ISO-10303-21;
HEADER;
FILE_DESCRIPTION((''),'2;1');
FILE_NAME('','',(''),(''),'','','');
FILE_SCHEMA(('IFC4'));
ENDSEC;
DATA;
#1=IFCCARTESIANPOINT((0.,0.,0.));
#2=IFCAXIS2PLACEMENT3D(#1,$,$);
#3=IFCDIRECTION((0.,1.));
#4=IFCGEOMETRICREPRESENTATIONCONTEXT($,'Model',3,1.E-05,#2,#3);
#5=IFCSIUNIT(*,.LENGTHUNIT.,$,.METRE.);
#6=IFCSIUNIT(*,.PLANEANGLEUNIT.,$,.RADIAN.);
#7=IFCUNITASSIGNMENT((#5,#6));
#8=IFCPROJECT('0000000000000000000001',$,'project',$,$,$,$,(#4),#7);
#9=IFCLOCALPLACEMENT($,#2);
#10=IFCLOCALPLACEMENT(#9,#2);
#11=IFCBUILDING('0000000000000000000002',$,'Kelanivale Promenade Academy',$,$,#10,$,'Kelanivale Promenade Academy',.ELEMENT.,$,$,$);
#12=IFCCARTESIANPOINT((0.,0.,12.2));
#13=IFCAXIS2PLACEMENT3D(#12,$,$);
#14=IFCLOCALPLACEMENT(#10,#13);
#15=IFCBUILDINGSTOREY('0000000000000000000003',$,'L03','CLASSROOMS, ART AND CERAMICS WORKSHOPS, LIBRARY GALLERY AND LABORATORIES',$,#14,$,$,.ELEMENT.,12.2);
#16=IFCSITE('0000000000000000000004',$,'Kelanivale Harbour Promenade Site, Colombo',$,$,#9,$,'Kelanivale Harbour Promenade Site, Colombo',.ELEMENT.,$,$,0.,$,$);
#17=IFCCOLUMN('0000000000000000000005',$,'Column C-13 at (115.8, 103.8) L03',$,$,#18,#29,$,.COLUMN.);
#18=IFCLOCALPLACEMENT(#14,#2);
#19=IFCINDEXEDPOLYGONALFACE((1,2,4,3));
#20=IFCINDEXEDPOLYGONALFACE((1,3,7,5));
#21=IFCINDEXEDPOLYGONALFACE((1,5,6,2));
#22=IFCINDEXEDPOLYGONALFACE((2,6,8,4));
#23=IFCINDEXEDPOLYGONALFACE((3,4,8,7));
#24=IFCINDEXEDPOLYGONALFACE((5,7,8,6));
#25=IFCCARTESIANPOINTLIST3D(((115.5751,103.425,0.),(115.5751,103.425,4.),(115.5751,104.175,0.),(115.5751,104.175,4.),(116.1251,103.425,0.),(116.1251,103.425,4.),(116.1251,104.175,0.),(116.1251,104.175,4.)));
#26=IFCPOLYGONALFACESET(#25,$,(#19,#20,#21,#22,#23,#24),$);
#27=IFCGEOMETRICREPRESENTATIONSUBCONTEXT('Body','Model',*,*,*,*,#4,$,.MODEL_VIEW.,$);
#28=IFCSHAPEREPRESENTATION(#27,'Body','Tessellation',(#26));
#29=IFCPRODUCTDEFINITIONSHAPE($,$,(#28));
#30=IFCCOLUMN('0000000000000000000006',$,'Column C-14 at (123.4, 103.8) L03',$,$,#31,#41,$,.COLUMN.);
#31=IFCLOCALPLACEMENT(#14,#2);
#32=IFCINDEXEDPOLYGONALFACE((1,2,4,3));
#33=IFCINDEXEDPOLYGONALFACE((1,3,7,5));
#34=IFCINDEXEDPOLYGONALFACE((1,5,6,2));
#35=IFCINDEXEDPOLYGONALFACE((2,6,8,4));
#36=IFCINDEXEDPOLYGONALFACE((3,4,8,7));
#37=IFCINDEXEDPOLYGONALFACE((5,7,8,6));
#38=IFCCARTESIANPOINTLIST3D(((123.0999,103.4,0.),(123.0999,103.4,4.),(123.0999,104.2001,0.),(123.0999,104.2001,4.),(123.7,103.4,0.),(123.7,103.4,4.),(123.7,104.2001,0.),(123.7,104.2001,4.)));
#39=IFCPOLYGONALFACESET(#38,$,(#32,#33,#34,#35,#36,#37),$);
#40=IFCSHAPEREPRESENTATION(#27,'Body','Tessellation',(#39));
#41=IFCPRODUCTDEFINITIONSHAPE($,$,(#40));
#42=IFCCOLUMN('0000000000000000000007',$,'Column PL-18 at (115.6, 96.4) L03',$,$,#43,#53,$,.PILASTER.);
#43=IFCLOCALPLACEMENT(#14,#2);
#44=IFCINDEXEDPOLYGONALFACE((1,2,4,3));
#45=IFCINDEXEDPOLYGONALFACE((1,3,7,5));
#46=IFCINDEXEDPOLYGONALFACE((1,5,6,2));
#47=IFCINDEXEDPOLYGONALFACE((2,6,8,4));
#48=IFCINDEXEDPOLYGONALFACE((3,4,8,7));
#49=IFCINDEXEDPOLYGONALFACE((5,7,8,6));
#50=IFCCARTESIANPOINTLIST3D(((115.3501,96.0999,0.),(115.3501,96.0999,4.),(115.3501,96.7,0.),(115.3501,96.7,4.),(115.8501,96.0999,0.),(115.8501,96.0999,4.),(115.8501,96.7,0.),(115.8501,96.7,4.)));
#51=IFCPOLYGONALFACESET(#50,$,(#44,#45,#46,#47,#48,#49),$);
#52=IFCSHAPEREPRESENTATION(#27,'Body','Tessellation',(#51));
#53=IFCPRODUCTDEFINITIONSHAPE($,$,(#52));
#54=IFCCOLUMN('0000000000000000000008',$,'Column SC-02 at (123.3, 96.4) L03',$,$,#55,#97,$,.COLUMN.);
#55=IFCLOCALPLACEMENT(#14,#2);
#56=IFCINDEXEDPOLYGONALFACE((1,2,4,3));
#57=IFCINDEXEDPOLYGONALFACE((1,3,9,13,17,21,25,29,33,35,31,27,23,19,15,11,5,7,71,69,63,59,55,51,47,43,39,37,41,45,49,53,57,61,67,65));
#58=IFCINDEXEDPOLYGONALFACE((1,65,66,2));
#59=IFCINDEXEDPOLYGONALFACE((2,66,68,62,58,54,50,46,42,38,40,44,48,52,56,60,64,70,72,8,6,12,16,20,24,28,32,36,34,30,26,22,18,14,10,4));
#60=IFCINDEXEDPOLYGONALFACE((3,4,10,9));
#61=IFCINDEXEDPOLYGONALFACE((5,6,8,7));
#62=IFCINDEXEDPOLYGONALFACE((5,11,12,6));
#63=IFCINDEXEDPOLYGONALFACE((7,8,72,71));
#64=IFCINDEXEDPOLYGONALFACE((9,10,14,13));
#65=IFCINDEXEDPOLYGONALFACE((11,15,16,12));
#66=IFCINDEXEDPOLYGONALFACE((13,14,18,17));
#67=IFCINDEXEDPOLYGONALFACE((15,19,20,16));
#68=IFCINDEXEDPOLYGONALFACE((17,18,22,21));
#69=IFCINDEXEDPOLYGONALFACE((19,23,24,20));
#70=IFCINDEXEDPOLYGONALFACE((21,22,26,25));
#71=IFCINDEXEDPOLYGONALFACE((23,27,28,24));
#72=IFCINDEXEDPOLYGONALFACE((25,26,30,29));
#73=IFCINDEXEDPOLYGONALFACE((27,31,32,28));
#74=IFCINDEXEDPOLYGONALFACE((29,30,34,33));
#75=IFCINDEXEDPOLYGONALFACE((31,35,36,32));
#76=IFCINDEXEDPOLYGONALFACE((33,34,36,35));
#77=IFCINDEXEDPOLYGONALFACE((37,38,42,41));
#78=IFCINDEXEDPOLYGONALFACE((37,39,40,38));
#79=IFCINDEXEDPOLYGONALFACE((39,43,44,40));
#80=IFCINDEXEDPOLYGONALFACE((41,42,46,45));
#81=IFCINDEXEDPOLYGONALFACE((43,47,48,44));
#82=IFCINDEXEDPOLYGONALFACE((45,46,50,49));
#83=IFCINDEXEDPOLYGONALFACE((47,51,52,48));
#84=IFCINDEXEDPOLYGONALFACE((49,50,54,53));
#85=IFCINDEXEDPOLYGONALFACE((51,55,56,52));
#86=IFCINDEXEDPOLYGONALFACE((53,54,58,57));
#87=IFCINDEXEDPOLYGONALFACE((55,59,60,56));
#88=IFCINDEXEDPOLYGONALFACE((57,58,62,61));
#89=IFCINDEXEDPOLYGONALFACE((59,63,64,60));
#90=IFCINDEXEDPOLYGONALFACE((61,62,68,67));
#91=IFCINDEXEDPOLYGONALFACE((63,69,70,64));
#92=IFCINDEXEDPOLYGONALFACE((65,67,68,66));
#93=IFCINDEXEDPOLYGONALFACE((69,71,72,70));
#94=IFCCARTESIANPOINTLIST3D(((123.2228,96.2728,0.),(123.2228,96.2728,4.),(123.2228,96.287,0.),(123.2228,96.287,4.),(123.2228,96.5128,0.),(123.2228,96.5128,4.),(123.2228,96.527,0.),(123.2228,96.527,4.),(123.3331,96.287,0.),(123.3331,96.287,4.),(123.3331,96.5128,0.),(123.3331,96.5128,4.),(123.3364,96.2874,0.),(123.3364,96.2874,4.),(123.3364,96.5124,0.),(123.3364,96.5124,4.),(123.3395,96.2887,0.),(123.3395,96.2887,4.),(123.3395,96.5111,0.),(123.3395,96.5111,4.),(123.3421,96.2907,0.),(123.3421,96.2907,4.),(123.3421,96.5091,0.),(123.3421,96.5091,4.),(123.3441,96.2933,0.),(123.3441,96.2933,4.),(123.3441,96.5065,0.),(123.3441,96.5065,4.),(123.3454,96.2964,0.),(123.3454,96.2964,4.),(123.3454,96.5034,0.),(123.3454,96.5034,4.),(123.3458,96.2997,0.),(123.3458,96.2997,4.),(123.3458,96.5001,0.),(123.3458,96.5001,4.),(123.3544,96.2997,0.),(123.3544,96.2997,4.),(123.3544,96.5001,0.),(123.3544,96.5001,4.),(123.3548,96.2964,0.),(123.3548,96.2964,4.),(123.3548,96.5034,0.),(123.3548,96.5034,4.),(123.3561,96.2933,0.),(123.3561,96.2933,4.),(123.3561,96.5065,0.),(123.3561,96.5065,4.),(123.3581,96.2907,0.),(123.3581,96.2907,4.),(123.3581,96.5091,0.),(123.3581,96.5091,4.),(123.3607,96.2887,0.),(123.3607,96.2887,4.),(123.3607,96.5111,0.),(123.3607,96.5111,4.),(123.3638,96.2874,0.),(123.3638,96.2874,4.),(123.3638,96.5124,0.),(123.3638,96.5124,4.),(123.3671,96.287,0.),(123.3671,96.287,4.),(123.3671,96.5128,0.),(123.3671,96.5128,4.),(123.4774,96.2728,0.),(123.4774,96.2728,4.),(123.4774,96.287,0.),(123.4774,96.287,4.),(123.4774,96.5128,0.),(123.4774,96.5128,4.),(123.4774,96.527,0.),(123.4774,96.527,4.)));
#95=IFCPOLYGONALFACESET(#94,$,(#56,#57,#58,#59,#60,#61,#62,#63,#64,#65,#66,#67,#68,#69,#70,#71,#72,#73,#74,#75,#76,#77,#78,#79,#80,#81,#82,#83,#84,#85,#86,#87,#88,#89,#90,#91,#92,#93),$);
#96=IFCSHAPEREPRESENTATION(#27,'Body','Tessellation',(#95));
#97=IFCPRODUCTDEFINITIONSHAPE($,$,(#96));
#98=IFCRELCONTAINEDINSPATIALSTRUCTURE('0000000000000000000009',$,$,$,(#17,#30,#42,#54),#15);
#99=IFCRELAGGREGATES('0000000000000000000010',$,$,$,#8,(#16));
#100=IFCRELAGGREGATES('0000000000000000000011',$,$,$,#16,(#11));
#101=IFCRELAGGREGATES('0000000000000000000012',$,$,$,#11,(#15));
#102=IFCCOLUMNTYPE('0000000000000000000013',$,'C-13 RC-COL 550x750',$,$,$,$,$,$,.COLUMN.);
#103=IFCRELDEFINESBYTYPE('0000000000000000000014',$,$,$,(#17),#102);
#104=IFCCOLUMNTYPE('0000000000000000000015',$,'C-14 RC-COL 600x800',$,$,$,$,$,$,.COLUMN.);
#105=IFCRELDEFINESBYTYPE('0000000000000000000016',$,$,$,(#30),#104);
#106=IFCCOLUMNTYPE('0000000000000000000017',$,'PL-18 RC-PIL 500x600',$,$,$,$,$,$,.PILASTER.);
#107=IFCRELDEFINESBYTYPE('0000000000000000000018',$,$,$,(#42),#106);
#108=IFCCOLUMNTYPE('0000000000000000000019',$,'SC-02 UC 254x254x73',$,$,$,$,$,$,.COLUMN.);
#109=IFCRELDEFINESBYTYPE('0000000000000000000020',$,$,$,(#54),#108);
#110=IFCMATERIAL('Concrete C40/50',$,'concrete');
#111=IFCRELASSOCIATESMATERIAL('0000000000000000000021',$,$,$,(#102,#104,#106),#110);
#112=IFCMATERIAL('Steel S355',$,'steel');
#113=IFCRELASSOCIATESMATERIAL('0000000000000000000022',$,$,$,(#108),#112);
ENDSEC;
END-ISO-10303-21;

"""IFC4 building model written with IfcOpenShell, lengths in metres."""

from ifc_helpers import new_model, si_unit, direction, frame, origin, origin_2d, place, context, subcontext, project, spatial, rectangle, i_section, extrude, material, material_profile, profile_set, type_object, element, save


model = new_model("IFC4")

# Units and contexts
model_context = context("Model", 3, precision=1e-05, world=origin(), true_north=direction((0.0, 1.0)))
body_context = subcontext(model_context, "Body", "Model", "MODEL_VIEW")
ifc_project = project(units=[si_unit("LENGTHUNIT", "METRE"), si_unit("PLANEANGLEUNIT", "RADIAN")], contexts=[model_context])

# Site, building, storey
site_placement = place(None, origin())
site = spatial("IfcSite", under=ifc_project, at=site_placement, Name="Kelanivale Harbour Promenade Site, Colombo", LongName="Kelanivale Harbour Promenade Site, Colombo", CompositionType="ELEMENT", RefElevation=0.0)
building_placement = place(site_placement, origin())
building = spatial("IfcBuilding", under=site, at=building_placement, Name="Kelanivale Promenade Academy", LongName="Kelanivale Promenade Academy", CompositionType="ELEMENT")
storey_placement = place(building_placement, frame((0.0, 0.0, 12.2)))
storey = spatial("IfcBuildingStorey", under=building, at=storey_placement, Name="L03", Description="CLASSROOMS, ART AND CERAMICS WORKSHOPS, LIBRARY GALLERY AND LABORATORIES", CompositionType="ELEMENT", Elevation=12.2)

# Columns
ifc_material_1 = material(Name="Concrete C40/50", Category="concrete")
ifc_material_profile_1 = material_profile(ifc_material_1, rectangle(XDim=0.55, YDim=0.75, at=origin_2d()), Name="RC-COL 550x750")
ifc_profile_set_1 = profile_set([ifc_material_profile_1], Name="Concrete C40/50")
column_type_1 = type_object("IfcColumnType", Name="C-13 RC-COL 550x750", PredefinedType="COLUMN", material=ifc_profile_set_1)
column_1_placement = place(storey_placement, frame((115.8501, 103.8, 0.0), z_axis=(0.0, 0.0, 1.0), x_axis=(1.0, 0.0, 0.0)))
element("IfcColumn", 1, at=column_1_placement, inside=storey, type_object=column_type_1, Name="Column C-13 at (115.8, 103.8) L03", PredefinedType="COLUMN", context=body_context, shape_type="SweptSolid", body=[
    extrude(rectangle(XDim=0.55, YDim=0.75, at=origin_2d()), origin(), (0.0, 0.0, 1.0), 4.0),
])
ifc_material_profile_2 = material_profile(ifc_material_1, rectangle(XDim=0.6001, YDim=0.8, at=origin_2d()), Name="RC-COL 600x800")
ifc_profile_set_2 = profile_set([ifc_material_profile_2], Name="Concrete C40/50")
column_type_2 = type_object("IfcColumnType", Name="C-14 RC-COL 600x800", PredefinedType="COLUMN", material=ifc_profile_set_2)
column_2_placement = place(storey_placement, frame((123.3999, 103.8, 0.0), z_axis=(0.0, 0.0, 1.0), x_axis=(1.0, 0.0, 0.0)))
element("IfcColumn", 2, at=column_2_placement, inside=storey, type_object=column_type_2, Name="Column C-14 at (123.4, 103.8) L03", PredefinedType="COLUMN", context=body_context, shape_type="SweptSolid", body=[
    extrude(rectangle(XDim=0.6001, YDim=0.8, at=origin_2d()), origin(), (0.0, 0.0, 1.0), 4.0),
])
ifc_material_profile_3 = material_profile(ifc_material_1, rectangle(XDim=0.5, YDim=0.6001, at=origin_2d()), Name="RC-PIL 500x600")
ifc_profile_set_3 = profile_set([ifc_material_profile_3], Name="Concrete C40/50")
column_type_3 = type_object("IfcColumnType", Name="PL-18 RC-PIL 500x600", PredefinedType="PILASTER", material=ifc_profile_set_3)
column_3_placement = place(storey_placement, frame((115.6001, 96.3999, 0.0), z_axis=(0.0, 0.0, 1.0), x_axis=(1.0, 0.0, 0.0)))
element("IfcColumn", 3, at=column_3_placement, inside=storey, type_object=column_type_3, Name="Column PL-18 at (115.6, 96.4) L03", PredefinedType="PILASTER", context=body_context, shape_type="SweptSolid", body=[
    extrude(rectangle(XDim=0.5, YDim=0.6001, at=origin_2d()), origin(), (0.0, 0.0, 1.0), 4.0),
])
ifc_material_2 = material(Name="Steel S355", Category="steel")
ifc_material_profile_4 = material_profile(ifc_material_2, i_section(OverallWidth=0.2546, OverallDepth=0.2542, WebThickness=0.0085, FlangeThickness=0.0142, FilletRadius=0.0127, at=origin_2d()), Name="UC 254x254x73")
ifc_profile_set_4 = profile_set([ifc_material_profile_4], Name="Steel S355")
column_type_4 = type_object("IfcColumnType", Name="SC-02 UC 254x254x73", PredefinedType="COLUMN", material=ifc_profile_set_4)
column_4_placement = place(storey_placement, frame((123.3501, 96.3999, 0.0), z_axis=(0.0, 0.0, 1.0), x_axis=(1.0, 0.0, 0.0)))
element("IfcColumn", 4, at=column_4_placement, inside=storey, type_object=column_type_4, Name="Column SC-02 at (123.3, 96.4) L03", PredefinedType="COLUMN", context=body_context, shape_type="SweptSolid", body=[
    extrude(i_section(OverallWidth=0.2546, OverallDepth=0.2542, WebThickness=0.0085, FlangeThickness=0.0142, FilletRadius=0.0127, at=origin_2d()), origin(), (0.0, 0.0, 1.0), 4.0),
])

save(model, "model.ifc")
